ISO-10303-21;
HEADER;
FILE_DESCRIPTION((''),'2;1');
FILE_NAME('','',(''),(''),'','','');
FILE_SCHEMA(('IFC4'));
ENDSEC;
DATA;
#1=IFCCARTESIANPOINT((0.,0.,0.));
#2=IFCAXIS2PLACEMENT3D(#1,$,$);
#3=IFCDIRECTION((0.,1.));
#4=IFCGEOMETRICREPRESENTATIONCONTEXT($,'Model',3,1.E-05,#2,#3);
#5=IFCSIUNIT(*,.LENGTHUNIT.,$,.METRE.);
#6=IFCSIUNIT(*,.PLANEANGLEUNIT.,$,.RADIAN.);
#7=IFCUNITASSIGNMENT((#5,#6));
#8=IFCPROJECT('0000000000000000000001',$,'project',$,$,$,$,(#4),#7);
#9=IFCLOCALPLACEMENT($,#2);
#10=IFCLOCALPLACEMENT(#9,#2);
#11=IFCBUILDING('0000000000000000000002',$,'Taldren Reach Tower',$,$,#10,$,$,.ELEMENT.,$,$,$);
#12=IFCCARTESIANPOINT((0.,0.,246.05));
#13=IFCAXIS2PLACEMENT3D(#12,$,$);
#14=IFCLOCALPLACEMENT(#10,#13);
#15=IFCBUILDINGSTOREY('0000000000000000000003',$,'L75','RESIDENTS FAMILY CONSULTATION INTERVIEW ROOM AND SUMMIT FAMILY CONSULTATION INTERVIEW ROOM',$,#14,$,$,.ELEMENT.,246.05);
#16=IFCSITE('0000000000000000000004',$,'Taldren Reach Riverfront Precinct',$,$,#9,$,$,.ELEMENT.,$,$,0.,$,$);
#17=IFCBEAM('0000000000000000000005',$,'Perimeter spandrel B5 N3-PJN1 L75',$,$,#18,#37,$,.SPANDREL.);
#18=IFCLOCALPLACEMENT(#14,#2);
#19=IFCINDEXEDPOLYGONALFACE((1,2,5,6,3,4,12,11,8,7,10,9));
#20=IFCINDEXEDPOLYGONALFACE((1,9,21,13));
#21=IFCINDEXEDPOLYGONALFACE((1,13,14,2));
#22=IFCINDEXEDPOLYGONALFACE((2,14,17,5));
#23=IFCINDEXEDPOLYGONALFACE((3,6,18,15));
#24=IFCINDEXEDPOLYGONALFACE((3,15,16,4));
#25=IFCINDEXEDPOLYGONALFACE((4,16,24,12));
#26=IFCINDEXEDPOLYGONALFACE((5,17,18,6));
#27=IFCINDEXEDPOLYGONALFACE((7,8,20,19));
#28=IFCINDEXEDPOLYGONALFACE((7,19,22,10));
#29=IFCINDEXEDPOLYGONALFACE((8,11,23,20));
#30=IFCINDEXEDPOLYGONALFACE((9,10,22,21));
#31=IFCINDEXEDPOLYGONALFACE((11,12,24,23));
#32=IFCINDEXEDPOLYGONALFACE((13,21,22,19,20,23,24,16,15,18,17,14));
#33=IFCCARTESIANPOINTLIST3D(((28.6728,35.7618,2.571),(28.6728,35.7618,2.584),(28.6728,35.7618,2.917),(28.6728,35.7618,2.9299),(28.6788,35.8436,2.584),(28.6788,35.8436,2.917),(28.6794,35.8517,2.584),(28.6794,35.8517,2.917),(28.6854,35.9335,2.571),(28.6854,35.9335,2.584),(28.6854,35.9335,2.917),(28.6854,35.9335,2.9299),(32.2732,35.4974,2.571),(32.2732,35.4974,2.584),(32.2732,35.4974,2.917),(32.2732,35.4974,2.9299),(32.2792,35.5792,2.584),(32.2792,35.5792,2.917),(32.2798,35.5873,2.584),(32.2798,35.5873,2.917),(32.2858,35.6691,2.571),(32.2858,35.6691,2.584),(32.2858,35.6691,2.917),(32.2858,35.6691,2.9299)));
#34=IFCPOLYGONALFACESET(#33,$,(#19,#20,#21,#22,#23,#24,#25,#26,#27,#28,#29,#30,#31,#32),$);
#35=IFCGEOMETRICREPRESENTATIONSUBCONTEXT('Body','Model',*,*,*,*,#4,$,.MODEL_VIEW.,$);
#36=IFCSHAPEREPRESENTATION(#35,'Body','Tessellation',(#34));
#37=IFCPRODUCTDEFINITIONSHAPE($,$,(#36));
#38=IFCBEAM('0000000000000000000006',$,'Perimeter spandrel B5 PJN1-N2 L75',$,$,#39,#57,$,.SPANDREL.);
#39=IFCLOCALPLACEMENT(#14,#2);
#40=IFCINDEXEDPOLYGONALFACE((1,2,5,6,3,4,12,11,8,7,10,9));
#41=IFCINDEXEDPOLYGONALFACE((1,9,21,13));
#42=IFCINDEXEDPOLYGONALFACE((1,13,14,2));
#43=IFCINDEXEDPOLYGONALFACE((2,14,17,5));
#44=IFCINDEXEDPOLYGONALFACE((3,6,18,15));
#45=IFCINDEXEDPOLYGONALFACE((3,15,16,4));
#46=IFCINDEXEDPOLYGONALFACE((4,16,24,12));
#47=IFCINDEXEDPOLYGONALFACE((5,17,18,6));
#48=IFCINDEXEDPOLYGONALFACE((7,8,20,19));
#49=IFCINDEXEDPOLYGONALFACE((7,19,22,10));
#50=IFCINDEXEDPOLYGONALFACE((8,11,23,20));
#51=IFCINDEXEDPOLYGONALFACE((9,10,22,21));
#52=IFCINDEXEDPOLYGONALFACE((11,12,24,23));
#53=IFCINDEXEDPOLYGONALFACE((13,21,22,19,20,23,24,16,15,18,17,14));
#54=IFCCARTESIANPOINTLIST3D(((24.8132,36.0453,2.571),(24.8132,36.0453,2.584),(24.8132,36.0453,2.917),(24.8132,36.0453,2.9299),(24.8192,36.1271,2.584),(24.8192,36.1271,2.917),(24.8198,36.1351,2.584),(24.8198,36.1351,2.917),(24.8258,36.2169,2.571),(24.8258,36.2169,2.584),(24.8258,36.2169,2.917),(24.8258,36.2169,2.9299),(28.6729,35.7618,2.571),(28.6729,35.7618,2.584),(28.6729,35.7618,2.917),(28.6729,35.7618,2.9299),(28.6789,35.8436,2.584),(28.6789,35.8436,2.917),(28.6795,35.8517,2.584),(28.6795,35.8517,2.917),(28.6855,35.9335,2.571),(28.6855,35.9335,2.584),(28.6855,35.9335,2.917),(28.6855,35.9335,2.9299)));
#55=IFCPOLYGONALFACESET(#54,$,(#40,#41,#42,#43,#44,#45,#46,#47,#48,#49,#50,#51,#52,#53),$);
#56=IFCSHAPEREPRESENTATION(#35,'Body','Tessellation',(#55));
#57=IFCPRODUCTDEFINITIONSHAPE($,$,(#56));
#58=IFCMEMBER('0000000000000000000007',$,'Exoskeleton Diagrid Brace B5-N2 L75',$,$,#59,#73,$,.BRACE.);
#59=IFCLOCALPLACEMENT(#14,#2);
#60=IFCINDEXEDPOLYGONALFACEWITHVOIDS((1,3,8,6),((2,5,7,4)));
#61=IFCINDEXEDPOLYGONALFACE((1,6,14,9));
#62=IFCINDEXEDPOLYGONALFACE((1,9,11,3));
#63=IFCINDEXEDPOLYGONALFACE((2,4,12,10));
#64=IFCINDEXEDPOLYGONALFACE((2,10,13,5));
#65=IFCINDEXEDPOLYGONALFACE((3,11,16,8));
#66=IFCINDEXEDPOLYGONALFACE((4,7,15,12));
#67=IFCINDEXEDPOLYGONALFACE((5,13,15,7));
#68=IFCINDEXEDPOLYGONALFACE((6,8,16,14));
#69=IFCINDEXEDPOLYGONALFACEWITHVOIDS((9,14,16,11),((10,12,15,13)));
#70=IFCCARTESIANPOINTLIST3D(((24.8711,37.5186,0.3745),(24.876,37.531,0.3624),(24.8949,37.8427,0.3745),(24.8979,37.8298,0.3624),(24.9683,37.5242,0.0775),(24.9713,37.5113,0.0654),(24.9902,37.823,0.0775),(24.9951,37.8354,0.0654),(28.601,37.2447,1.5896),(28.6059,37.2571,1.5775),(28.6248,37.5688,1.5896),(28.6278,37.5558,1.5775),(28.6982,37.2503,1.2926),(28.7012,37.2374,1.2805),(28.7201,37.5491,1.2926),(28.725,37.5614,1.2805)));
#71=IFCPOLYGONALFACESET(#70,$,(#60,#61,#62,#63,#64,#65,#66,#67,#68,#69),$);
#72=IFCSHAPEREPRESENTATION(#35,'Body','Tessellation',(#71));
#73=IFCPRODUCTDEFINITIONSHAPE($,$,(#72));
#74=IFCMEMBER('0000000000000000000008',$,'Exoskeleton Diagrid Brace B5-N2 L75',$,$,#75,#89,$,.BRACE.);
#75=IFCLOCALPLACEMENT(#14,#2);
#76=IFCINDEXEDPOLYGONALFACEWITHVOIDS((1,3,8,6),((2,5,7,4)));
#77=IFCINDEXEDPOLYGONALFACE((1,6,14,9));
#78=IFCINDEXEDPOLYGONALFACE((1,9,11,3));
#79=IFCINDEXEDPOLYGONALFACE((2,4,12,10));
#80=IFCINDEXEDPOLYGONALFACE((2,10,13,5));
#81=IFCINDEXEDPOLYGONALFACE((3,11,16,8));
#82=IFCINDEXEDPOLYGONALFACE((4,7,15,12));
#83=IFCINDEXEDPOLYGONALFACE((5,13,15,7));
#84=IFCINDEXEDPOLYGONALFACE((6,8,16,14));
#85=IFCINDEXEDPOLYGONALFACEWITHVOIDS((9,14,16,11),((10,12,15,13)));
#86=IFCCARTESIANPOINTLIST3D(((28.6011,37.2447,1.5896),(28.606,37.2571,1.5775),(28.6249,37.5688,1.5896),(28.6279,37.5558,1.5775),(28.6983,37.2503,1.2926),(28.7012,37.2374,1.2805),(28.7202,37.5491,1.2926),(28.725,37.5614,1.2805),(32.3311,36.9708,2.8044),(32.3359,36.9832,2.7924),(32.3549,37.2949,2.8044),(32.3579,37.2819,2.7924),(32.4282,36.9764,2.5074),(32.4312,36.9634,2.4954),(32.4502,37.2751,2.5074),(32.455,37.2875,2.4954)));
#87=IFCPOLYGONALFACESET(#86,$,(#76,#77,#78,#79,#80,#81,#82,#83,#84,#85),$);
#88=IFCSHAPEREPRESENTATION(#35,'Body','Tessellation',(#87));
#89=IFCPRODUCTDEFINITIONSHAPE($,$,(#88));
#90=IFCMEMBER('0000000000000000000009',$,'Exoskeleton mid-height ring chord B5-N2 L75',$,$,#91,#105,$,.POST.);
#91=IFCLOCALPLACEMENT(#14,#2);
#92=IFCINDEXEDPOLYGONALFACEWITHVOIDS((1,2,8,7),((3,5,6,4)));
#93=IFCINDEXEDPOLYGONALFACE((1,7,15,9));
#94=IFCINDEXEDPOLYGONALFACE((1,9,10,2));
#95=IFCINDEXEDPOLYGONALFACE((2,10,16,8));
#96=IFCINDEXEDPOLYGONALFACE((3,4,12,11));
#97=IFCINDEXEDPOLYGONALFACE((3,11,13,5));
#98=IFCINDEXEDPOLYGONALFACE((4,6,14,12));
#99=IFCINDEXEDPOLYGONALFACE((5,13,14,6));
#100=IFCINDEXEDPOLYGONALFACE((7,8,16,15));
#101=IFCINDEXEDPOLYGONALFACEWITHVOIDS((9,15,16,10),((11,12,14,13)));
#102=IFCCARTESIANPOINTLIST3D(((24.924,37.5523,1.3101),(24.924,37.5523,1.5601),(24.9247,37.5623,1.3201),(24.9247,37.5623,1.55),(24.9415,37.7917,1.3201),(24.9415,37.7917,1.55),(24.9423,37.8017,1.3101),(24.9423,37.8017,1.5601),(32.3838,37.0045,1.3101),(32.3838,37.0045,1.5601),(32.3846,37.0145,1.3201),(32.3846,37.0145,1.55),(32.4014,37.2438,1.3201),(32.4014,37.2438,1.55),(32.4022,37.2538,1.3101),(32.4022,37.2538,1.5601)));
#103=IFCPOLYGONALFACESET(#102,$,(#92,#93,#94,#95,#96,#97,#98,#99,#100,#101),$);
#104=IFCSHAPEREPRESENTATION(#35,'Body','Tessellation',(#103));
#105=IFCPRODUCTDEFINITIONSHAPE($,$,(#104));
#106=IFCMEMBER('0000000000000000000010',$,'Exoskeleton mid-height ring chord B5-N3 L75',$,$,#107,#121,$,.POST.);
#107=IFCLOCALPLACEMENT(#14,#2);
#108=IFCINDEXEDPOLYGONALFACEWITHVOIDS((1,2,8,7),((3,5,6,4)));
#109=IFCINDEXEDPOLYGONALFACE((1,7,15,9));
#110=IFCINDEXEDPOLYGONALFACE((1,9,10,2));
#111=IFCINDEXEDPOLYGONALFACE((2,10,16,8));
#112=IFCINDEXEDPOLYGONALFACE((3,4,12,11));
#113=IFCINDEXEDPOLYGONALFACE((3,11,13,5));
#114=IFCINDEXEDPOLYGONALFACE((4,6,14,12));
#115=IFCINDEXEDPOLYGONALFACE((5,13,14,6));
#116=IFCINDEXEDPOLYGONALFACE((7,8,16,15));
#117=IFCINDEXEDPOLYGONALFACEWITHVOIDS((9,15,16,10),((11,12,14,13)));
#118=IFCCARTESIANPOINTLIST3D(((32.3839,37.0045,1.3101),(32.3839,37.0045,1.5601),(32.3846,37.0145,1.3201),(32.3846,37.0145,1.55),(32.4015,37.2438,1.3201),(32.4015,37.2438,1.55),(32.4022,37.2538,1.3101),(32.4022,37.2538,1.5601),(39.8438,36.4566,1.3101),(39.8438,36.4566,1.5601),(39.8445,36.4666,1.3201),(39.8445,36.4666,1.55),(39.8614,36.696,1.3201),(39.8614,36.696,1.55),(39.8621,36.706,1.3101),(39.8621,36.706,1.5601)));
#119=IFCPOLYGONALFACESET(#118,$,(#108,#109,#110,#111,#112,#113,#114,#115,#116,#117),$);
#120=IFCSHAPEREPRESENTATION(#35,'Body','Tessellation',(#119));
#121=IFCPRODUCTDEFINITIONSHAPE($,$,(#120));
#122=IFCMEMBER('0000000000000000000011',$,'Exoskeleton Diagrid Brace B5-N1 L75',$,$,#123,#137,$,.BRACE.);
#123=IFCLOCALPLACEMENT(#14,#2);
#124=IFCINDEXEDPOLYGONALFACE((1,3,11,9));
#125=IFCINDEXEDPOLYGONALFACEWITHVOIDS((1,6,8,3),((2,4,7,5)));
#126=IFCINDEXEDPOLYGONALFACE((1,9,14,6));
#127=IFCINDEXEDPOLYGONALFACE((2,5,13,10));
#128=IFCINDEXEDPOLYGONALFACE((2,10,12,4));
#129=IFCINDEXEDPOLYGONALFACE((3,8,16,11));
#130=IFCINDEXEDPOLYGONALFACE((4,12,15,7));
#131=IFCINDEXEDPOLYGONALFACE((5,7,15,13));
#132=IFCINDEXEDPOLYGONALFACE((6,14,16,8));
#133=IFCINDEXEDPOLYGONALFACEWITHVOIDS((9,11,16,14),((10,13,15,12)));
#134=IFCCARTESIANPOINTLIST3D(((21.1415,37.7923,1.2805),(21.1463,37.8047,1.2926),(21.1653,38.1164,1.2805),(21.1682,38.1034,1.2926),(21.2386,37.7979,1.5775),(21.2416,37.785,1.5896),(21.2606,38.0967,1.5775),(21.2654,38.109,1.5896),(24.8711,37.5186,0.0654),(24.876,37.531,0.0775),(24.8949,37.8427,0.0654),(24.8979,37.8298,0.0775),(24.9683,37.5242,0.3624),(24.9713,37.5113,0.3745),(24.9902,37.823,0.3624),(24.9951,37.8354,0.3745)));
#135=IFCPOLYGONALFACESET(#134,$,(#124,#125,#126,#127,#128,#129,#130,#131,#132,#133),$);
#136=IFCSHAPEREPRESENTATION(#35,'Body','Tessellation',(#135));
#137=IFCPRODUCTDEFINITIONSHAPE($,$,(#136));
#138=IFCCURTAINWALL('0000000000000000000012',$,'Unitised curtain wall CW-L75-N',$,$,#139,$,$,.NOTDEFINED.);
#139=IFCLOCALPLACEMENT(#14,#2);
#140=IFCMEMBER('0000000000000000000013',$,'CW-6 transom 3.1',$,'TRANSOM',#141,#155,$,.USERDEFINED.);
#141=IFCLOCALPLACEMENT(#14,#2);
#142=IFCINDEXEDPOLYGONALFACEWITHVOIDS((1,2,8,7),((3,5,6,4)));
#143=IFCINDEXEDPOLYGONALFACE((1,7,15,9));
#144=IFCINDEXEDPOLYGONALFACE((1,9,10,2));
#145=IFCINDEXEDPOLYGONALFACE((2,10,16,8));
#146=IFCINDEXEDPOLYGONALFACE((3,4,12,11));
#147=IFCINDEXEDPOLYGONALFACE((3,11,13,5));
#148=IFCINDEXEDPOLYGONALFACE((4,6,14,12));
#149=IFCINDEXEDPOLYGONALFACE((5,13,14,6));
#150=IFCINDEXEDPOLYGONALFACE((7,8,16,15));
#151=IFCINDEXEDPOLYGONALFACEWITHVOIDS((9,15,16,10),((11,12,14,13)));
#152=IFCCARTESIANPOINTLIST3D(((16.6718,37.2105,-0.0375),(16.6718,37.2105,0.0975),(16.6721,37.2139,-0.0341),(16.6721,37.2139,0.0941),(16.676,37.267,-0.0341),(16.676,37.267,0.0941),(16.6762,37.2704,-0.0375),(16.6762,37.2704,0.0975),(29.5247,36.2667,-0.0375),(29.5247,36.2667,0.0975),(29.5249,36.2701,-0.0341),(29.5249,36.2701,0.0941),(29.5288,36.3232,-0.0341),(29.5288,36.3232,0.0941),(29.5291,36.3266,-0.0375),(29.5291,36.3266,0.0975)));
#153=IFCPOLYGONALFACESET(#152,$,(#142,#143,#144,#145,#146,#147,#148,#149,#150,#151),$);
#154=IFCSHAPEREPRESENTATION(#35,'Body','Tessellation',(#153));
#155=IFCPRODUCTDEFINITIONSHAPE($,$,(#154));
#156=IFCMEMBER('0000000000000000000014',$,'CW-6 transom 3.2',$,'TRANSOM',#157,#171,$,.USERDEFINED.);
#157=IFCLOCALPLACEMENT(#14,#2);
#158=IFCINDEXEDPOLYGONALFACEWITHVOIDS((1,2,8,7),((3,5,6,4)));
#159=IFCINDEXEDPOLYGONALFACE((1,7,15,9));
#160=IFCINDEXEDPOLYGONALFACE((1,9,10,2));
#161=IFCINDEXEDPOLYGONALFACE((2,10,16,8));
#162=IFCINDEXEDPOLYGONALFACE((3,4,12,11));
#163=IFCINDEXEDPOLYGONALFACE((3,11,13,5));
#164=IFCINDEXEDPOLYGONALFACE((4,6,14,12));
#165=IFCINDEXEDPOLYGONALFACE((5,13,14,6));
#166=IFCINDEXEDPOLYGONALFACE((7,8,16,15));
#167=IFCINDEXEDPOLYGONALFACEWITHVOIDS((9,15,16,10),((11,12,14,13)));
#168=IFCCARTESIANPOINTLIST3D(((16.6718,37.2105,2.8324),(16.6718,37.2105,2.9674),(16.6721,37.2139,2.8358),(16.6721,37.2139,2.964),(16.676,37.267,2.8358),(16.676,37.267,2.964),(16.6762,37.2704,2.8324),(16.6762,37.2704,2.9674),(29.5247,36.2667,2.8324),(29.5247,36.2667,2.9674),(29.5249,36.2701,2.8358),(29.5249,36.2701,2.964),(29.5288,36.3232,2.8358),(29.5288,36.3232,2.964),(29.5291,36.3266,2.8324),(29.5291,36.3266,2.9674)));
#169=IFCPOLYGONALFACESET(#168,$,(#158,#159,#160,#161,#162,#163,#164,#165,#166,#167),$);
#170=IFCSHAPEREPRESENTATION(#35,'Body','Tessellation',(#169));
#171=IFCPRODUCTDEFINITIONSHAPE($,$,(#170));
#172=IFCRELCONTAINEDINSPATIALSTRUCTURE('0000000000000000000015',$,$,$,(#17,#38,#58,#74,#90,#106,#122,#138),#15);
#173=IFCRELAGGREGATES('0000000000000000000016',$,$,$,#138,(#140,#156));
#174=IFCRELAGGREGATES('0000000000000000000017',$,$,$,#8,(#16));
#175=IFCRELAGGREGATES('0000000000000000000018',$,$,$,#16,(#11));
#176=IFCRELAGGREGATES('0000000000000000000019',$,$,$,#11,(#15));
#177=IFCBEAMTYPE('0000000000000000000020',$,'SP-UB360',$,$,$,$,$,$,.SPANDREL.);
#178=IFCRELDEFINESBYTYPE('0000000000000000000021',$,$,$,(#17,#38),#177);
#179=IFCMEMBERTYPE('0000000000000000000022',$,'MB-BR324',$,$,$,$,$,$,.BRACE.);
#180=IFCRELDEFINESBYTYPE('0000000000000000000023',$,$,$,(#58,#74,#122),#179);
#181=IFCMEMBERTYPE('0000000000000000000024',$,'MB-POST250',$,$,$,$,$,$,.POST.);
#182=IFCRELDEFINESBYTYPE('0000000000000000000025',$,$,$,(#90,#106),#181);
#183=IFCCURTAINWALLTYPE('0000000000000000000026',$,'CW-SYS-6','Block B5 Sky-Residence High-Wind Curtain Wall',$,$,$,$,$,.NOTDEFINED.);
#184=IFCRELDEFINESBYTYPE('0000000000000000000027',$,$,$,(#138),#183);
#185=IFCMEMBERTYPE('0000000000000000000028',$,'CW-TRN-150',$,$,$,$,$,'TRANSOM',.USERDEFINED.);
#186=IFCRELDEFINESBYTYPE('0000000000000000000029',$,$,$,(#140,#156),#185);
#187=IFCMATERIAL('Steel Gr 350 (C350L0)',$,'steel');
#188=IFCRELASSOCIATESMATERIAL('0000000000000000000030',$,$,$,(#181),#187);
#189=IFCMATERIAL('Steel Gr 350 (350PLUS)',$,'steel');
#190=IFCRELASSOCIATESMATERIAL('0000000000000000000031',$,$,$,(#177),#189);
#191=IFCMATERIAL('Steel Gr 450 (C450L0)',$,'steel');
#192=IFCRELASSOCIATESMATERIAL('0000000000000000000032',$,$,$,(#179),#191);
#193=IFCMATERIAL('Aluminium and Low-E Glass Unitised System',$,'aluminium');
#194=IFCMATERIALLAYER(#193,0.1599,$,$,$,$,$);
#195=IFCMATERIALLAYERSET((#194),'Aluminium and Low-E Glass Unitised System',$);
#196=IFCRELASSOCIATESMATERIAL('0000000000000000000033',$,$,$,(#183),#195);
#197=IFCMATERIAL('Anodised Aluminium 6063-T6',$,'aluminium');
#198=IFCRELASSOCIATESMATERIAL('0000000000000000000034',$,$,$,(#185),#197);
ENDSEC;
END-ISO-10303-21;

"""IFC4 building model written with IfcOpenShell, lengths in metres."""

from ifc_helpers import new_model, si_unit, direction, frame, origin, origin_2d, place, context, subcontext, project, spatial, hollow_rectangle, i_section, extrude, source, transform, mapped, material, layer, layer_set, material_profile, profile_set, type_object, element, aggregate, save


model = new_model("IFC4")

# Units and contexts
model_context = context("Model", 3, precision=1e-05, world=origin(), true_north=direction((0.0, 1.0)))
body_context = subcontext(model_context, "Body", "Model", "MODEL_VIEW")
ifc_project = project(units=[si_unit("LENGTHUNIT", "METRE"), si_unit("PLANEANGLEUNIT", "RADIAN")], contexts=[model_context])

# Site, building, storey
site_placement = place(None, origin())
site = spatial("IfcSite", under=ifc_project, at=site_placement, Name="Taldren Reach Riverfront Precinct", CompositionType="ELEMENT", RefElevation=0.0)
building_placement = place(site_placement, origin())
building = spatial("IfcBuilding", under=site, at=building_placement, Name="Taldren Reach Tower", CompositionType="ELEMENT")
storey_placement = place(building_placement, frame((0.0, 0.0, 246.05)))
storey = spatial("IfcBuildingStorey", under=building, at=storey_placement, Name="L75", Description="RESIDENTS FAMILY CONSULTATION INTERVIEW ROOM AND SUMMIT FAMILY CONSULTATION INTERVIEW ROOM", CompositionType="ELEMENT", Elevation=246.05)

# Shared definitions
ifc_material_1 = material(Name="Steel Gr 350 (C350L0)", Category="steel")
ifc_material_2 = material(Name="Steel Gr 350 (350PLUS)", Category="steel")

# Shared definitions
ifc_material_profile_1 = material_profile(ifc_material_1, hollow_rectangle(XDim=0.25, YDim=0.25, WallThickness=0.01, at=origin_2d()), Name="250x250x10.0SHS")
ifc_profile_set_1 = profile_set([ifc_material_profile_1], Name="Steel Gr 350 (C350L0)")
member_type_1 = type_object("IfcMemberType", Name="MB-POST250", PredefinedType="POST", material=ifc_profile_set_1)
ifc_material_3 = material(Name="Steel Gr 450 (C450L0)", Category="steel")

# Beams
ifc_material_profile_2 = material_profile(ifc_material_2, i_section(OverallWidth=0.1721, OverallDepth=0.3589, WebThickness=0.0081, FlangeThickness=0.0129, at=origin_2d()), Name="360UB56.7")
ifc_profile_set_2 = profile_set([ifc_material_profile_2], Name="Steel Gr 350 (350PLUS)")
beam_type = type_object("IfcBeamType", Name="SP-UB360", PredefinedType="SPANDREL", material=ifc_profile_set_2)
shared_shape_1 = source(origin(), body_context, "Body", "SweptSolid", [
    extrude(i_section(OverallWidth=0.1721, OverallDepth=0.3589, WebThickness=0.0081, FlangeThickness=0.0129, at=origin_2d()), origin(), (0.0, 0.0, 1.0), 3.6101),
])
beam_1_placement = place(storey_placement, frame((32.2795, 35.5833, 2.7505), z_axis=(-0.997314, 0.073241, 0.0), x_axis=(-0.073241, -0.997314, 0.0)))
element("IfcBeam", 1, at=beam_1_placement, inside=storey, type_object=beam_type, Name="Perimeter spandrel B5 N3-PJN1 L75", PredefinedType="SPANDREL", context=body_context, shape_type="MappedRepresentation", body=[
    mapped(shared_shape_1, transform((0.0, 0.0, 0.0), scale=1.0)),
])
shared_shape_2 = source(origin(), body_context, "Body", "SweptSolid", [
    extrude(i_section(OverallWidth=0.1721, OverallDepth=0.3589, WebThickness=0.0081, FlangeThickness=0.0129, at=origin_2d()), origin(), (0.0, 0.0, 1.0), 3.8701),
])
beam_2_placement = place(storey_placement, frame((28.6792, 35.8477, 2.7505), z_axis=(-0.997314, 0.073242, 0.0), x_axis=(-0.073242, -0.997314, 0.0)))
element("IfcBeam", 2, at=beam_2_placement, inside=storey, type_object=beam_type, Name="Perimeter spandrel B5 PJN1-N2 L75", PredefinedType="SPANDREL", context=body_context, shape_type="MappedRepresentation", body=[
    mapped(shared_shape_2, transform((0.0, 0.0, 0.0), scale=1.0)),
])

# Members
ifc_material_profile_3 = material_profile(ifc_material_3, hollow_rectangle(XDim=0.325, YDim=0.325, WallThickness=0.0127, at=origin_2d()), Name="325x325x12.7SHS")
ifc_profile_set_3 = profile_set([ifc_material_profile_3], Name="Steel Gr 450 (C450L0)")
member_type_2 = type_object("IfcMemberType", Name="MB-BR324", PredefinedType="BRACE", material=ifc_profile_set_3)
shared_shape_3 = source(origin(), body_context, "Body", "SweptSolid", [
    extrude(hollow_rectangle(XDim=0.325, YDim=0.325, WallThickness=0.0127, at=origin_2d()), origin(), (0.0, 0.0, 1.0), 3.9324),
])
for number, where, z_axis, x_axis, name in (
    (3, (24.9331, 37.677, 0.22), (0.948511, -0.069658, 0.308989), (0.073242, 0.997314, 0.0), "Exoskeleton Diagrid Brace B5-N2 L75"),
    (4, (28.6631, 37.4031, 1.4351), (0.948529, -0.069659, 0.308933), (0.073242, 0.997314, 0.0), "Exoskeleton Diagrid Brace B5-N2 L75"),
):
    element("IfcMember", number, at=place(storey_placement, frame(where, z_axis=z_axis, x_axis=x_axis)), inside=storey, type_object=member_type_2, Name=name, PredefinedType="BRACE", context=body_context, shape_type="MappedRepresentation", body=[
        mapped(shared_shape_3, transform((0.0, 0.0, 0.0), scale=1.0)),
    ])
shared_shape_4 = source(origin(), body_context, "Body", "SweptSolid", [
    extrude(hollow_rectangle(XDim=0.25, YDim=0.25, WallThickness=0.01, at=origin_2d()), origin(), (0.0, 0.0, 1.0), 7.48),
])
for number, where, z_axis, x_axis, name in (
    (5, (24.9331, 37.677, 1.4351), (0.997314, -0.073242, 0.0), (0.073242, 0.997314, 0.0), "Exoskeleton mid-height ring chord B5-N2 L75"),
    (6, (32.3931, 37.1292, 1.4351), (0.997314, -0.073242, 0.0), (0.073242, 0.997314, 0.0), "Exoskeleton mid-height ring chord B5-N3 L75"),
):
    element("IfcMember", number, at=place(storey_placement, frame(where, z_axis=z_axis, x_axis=x_axis)), inside=storey, type_object=member_type_1, Name=name, PredefinedType="POST", context=body_context, shape_type="MappedRepresentation", body=[
        mapped(shared_shape_4, transform((0.0, 0.0, 0.0), scale=1.0)),
    ])
shared_shape_5 = source(origin(), body_context, "Body", "SweptSolid", [
    extrude(hollow_rectangle(XDim=0.325, YDim=0.325, WallThickness=0.0127, at=origin_2d()), origin(), (0.0, 0.0, 1.0), 3.9321),
])
member_1_placement = place(storey_placement, frame((24.9331, 37.677, 0.22), z_axis=(-0.948509, 0.0696, 0.309009), x_axis=(-0.073182, -0.997319, 0.0)))
element("IfcMember", 7, at=member_1_placement, inside=storey, type_object=member_type_2, Name="Exoskeleton Diagrid Brace B5-N1 L75", PredefinedType="BRACE", context=body_context, shape_type="MappedRepresentation", body=[
    mapped(shared_shape_5, transform((0.0, 0.0, 0.0), scale=1.0)),
])

# Curtain wall, members
ifc_material_4 = material(Name="Aluminium and Low-E Glass Unitised System", Category="aluminium")
ifc_layer_1 = layer(ifc_material_4, 0.1599)
ifc_layer_set_1 = layer_set([ifc_layer_1], Name="Aluminium and Low-E Glass Unitised System")
curtain_wall_type = type_object("IfcCurtainWallType", Name="CW-SYS-6", Description="Block B5 Sky-Residence High-Wind Curtain Wall", PredefinedType="NOTDEFINED", material=ifc_layer_set_1)
curtain_wall_placement = place(storey_placement, origin())
curtain_wall = element("IfcCurtainWall", 8, at=curtain_wall_placement, inside=storey, type_object=curtain_wall_type, Name="Unitised curtain wall CW-L75-N", PredefinedType="NOTDEFINED")
ifc_material_5 = material(Name="Anodised Aluminium 6063-T6", Category="aluminium")
ifc_material_profile_4 = material_profile(ifc_material_5, hollow_rectangle(XDim=0.0601, YDim=0.135, WallThickness=0.0034, at=origin_2d()), Name="ALU-135x60x3.5RHS")
ifc_profile_set_4 = profile_set([ifc_material_profile_4], Name="Anodised Aluminium 6063-T6")
member_type_3 = type_object("IfcMemberType", Name="CW-TRN-150", ElementType="TRANSOM", PredefinedType="USERDEFINED", material=ifc_profile_set_4)
shared_shape_6 = source(origin(), body_context, "Body", "SweptSolid", [
    extrude(hollow_rectangle(XDim=0.0601, YDim=0.135, WallThickness=0.0034, at=origin_2d()), origin(), (0.0, 0.0, 1.0), 12.8875),
])
member_2_placement = place(storey_placement, frame((29.5269, 36.2966, 0.03), z_axis=(-0.997314, 0.073238, 0.0), x_axis=(-0.073238, -0.997314, 0.0)))
member_2 = element("IfcMember", 9, at=member_2_placement, type_object=member_type_3, Name="CW-6 transom 3.1", ObjectType="TRANSOM", PredefinedType="USERDEFINED", context=body_context, shape_type="MappedRepresentation", body=[
    mapped(shared_shape_6, transform((0.0, 0.0, 0.0), scale=1.0)),
])
member_3_placement = place(storey_placement, frame((29.5269, 36.2966, 2.8999), z_axis=(-0.997314, 0.073238, 0.0), x_axis=(-0.073238, -0.997314, 0.0)))
member_3 = element("IfcMember", 10, at=member_3_placement, type_object=member_type_3, Name="CW-6 transom 3.2", ObjectType="TRANSOM", PredefinedType="USERDEFINED", context=body_context, shape_type="MappedRepresentation", body=[
    mapped(shared_shape_6, transform((0.0, 0.0, 0.0), scale=1.0)),
])

aggregate(curtain_wall, [member_2, member_3])

save(model, "model.ifc")
